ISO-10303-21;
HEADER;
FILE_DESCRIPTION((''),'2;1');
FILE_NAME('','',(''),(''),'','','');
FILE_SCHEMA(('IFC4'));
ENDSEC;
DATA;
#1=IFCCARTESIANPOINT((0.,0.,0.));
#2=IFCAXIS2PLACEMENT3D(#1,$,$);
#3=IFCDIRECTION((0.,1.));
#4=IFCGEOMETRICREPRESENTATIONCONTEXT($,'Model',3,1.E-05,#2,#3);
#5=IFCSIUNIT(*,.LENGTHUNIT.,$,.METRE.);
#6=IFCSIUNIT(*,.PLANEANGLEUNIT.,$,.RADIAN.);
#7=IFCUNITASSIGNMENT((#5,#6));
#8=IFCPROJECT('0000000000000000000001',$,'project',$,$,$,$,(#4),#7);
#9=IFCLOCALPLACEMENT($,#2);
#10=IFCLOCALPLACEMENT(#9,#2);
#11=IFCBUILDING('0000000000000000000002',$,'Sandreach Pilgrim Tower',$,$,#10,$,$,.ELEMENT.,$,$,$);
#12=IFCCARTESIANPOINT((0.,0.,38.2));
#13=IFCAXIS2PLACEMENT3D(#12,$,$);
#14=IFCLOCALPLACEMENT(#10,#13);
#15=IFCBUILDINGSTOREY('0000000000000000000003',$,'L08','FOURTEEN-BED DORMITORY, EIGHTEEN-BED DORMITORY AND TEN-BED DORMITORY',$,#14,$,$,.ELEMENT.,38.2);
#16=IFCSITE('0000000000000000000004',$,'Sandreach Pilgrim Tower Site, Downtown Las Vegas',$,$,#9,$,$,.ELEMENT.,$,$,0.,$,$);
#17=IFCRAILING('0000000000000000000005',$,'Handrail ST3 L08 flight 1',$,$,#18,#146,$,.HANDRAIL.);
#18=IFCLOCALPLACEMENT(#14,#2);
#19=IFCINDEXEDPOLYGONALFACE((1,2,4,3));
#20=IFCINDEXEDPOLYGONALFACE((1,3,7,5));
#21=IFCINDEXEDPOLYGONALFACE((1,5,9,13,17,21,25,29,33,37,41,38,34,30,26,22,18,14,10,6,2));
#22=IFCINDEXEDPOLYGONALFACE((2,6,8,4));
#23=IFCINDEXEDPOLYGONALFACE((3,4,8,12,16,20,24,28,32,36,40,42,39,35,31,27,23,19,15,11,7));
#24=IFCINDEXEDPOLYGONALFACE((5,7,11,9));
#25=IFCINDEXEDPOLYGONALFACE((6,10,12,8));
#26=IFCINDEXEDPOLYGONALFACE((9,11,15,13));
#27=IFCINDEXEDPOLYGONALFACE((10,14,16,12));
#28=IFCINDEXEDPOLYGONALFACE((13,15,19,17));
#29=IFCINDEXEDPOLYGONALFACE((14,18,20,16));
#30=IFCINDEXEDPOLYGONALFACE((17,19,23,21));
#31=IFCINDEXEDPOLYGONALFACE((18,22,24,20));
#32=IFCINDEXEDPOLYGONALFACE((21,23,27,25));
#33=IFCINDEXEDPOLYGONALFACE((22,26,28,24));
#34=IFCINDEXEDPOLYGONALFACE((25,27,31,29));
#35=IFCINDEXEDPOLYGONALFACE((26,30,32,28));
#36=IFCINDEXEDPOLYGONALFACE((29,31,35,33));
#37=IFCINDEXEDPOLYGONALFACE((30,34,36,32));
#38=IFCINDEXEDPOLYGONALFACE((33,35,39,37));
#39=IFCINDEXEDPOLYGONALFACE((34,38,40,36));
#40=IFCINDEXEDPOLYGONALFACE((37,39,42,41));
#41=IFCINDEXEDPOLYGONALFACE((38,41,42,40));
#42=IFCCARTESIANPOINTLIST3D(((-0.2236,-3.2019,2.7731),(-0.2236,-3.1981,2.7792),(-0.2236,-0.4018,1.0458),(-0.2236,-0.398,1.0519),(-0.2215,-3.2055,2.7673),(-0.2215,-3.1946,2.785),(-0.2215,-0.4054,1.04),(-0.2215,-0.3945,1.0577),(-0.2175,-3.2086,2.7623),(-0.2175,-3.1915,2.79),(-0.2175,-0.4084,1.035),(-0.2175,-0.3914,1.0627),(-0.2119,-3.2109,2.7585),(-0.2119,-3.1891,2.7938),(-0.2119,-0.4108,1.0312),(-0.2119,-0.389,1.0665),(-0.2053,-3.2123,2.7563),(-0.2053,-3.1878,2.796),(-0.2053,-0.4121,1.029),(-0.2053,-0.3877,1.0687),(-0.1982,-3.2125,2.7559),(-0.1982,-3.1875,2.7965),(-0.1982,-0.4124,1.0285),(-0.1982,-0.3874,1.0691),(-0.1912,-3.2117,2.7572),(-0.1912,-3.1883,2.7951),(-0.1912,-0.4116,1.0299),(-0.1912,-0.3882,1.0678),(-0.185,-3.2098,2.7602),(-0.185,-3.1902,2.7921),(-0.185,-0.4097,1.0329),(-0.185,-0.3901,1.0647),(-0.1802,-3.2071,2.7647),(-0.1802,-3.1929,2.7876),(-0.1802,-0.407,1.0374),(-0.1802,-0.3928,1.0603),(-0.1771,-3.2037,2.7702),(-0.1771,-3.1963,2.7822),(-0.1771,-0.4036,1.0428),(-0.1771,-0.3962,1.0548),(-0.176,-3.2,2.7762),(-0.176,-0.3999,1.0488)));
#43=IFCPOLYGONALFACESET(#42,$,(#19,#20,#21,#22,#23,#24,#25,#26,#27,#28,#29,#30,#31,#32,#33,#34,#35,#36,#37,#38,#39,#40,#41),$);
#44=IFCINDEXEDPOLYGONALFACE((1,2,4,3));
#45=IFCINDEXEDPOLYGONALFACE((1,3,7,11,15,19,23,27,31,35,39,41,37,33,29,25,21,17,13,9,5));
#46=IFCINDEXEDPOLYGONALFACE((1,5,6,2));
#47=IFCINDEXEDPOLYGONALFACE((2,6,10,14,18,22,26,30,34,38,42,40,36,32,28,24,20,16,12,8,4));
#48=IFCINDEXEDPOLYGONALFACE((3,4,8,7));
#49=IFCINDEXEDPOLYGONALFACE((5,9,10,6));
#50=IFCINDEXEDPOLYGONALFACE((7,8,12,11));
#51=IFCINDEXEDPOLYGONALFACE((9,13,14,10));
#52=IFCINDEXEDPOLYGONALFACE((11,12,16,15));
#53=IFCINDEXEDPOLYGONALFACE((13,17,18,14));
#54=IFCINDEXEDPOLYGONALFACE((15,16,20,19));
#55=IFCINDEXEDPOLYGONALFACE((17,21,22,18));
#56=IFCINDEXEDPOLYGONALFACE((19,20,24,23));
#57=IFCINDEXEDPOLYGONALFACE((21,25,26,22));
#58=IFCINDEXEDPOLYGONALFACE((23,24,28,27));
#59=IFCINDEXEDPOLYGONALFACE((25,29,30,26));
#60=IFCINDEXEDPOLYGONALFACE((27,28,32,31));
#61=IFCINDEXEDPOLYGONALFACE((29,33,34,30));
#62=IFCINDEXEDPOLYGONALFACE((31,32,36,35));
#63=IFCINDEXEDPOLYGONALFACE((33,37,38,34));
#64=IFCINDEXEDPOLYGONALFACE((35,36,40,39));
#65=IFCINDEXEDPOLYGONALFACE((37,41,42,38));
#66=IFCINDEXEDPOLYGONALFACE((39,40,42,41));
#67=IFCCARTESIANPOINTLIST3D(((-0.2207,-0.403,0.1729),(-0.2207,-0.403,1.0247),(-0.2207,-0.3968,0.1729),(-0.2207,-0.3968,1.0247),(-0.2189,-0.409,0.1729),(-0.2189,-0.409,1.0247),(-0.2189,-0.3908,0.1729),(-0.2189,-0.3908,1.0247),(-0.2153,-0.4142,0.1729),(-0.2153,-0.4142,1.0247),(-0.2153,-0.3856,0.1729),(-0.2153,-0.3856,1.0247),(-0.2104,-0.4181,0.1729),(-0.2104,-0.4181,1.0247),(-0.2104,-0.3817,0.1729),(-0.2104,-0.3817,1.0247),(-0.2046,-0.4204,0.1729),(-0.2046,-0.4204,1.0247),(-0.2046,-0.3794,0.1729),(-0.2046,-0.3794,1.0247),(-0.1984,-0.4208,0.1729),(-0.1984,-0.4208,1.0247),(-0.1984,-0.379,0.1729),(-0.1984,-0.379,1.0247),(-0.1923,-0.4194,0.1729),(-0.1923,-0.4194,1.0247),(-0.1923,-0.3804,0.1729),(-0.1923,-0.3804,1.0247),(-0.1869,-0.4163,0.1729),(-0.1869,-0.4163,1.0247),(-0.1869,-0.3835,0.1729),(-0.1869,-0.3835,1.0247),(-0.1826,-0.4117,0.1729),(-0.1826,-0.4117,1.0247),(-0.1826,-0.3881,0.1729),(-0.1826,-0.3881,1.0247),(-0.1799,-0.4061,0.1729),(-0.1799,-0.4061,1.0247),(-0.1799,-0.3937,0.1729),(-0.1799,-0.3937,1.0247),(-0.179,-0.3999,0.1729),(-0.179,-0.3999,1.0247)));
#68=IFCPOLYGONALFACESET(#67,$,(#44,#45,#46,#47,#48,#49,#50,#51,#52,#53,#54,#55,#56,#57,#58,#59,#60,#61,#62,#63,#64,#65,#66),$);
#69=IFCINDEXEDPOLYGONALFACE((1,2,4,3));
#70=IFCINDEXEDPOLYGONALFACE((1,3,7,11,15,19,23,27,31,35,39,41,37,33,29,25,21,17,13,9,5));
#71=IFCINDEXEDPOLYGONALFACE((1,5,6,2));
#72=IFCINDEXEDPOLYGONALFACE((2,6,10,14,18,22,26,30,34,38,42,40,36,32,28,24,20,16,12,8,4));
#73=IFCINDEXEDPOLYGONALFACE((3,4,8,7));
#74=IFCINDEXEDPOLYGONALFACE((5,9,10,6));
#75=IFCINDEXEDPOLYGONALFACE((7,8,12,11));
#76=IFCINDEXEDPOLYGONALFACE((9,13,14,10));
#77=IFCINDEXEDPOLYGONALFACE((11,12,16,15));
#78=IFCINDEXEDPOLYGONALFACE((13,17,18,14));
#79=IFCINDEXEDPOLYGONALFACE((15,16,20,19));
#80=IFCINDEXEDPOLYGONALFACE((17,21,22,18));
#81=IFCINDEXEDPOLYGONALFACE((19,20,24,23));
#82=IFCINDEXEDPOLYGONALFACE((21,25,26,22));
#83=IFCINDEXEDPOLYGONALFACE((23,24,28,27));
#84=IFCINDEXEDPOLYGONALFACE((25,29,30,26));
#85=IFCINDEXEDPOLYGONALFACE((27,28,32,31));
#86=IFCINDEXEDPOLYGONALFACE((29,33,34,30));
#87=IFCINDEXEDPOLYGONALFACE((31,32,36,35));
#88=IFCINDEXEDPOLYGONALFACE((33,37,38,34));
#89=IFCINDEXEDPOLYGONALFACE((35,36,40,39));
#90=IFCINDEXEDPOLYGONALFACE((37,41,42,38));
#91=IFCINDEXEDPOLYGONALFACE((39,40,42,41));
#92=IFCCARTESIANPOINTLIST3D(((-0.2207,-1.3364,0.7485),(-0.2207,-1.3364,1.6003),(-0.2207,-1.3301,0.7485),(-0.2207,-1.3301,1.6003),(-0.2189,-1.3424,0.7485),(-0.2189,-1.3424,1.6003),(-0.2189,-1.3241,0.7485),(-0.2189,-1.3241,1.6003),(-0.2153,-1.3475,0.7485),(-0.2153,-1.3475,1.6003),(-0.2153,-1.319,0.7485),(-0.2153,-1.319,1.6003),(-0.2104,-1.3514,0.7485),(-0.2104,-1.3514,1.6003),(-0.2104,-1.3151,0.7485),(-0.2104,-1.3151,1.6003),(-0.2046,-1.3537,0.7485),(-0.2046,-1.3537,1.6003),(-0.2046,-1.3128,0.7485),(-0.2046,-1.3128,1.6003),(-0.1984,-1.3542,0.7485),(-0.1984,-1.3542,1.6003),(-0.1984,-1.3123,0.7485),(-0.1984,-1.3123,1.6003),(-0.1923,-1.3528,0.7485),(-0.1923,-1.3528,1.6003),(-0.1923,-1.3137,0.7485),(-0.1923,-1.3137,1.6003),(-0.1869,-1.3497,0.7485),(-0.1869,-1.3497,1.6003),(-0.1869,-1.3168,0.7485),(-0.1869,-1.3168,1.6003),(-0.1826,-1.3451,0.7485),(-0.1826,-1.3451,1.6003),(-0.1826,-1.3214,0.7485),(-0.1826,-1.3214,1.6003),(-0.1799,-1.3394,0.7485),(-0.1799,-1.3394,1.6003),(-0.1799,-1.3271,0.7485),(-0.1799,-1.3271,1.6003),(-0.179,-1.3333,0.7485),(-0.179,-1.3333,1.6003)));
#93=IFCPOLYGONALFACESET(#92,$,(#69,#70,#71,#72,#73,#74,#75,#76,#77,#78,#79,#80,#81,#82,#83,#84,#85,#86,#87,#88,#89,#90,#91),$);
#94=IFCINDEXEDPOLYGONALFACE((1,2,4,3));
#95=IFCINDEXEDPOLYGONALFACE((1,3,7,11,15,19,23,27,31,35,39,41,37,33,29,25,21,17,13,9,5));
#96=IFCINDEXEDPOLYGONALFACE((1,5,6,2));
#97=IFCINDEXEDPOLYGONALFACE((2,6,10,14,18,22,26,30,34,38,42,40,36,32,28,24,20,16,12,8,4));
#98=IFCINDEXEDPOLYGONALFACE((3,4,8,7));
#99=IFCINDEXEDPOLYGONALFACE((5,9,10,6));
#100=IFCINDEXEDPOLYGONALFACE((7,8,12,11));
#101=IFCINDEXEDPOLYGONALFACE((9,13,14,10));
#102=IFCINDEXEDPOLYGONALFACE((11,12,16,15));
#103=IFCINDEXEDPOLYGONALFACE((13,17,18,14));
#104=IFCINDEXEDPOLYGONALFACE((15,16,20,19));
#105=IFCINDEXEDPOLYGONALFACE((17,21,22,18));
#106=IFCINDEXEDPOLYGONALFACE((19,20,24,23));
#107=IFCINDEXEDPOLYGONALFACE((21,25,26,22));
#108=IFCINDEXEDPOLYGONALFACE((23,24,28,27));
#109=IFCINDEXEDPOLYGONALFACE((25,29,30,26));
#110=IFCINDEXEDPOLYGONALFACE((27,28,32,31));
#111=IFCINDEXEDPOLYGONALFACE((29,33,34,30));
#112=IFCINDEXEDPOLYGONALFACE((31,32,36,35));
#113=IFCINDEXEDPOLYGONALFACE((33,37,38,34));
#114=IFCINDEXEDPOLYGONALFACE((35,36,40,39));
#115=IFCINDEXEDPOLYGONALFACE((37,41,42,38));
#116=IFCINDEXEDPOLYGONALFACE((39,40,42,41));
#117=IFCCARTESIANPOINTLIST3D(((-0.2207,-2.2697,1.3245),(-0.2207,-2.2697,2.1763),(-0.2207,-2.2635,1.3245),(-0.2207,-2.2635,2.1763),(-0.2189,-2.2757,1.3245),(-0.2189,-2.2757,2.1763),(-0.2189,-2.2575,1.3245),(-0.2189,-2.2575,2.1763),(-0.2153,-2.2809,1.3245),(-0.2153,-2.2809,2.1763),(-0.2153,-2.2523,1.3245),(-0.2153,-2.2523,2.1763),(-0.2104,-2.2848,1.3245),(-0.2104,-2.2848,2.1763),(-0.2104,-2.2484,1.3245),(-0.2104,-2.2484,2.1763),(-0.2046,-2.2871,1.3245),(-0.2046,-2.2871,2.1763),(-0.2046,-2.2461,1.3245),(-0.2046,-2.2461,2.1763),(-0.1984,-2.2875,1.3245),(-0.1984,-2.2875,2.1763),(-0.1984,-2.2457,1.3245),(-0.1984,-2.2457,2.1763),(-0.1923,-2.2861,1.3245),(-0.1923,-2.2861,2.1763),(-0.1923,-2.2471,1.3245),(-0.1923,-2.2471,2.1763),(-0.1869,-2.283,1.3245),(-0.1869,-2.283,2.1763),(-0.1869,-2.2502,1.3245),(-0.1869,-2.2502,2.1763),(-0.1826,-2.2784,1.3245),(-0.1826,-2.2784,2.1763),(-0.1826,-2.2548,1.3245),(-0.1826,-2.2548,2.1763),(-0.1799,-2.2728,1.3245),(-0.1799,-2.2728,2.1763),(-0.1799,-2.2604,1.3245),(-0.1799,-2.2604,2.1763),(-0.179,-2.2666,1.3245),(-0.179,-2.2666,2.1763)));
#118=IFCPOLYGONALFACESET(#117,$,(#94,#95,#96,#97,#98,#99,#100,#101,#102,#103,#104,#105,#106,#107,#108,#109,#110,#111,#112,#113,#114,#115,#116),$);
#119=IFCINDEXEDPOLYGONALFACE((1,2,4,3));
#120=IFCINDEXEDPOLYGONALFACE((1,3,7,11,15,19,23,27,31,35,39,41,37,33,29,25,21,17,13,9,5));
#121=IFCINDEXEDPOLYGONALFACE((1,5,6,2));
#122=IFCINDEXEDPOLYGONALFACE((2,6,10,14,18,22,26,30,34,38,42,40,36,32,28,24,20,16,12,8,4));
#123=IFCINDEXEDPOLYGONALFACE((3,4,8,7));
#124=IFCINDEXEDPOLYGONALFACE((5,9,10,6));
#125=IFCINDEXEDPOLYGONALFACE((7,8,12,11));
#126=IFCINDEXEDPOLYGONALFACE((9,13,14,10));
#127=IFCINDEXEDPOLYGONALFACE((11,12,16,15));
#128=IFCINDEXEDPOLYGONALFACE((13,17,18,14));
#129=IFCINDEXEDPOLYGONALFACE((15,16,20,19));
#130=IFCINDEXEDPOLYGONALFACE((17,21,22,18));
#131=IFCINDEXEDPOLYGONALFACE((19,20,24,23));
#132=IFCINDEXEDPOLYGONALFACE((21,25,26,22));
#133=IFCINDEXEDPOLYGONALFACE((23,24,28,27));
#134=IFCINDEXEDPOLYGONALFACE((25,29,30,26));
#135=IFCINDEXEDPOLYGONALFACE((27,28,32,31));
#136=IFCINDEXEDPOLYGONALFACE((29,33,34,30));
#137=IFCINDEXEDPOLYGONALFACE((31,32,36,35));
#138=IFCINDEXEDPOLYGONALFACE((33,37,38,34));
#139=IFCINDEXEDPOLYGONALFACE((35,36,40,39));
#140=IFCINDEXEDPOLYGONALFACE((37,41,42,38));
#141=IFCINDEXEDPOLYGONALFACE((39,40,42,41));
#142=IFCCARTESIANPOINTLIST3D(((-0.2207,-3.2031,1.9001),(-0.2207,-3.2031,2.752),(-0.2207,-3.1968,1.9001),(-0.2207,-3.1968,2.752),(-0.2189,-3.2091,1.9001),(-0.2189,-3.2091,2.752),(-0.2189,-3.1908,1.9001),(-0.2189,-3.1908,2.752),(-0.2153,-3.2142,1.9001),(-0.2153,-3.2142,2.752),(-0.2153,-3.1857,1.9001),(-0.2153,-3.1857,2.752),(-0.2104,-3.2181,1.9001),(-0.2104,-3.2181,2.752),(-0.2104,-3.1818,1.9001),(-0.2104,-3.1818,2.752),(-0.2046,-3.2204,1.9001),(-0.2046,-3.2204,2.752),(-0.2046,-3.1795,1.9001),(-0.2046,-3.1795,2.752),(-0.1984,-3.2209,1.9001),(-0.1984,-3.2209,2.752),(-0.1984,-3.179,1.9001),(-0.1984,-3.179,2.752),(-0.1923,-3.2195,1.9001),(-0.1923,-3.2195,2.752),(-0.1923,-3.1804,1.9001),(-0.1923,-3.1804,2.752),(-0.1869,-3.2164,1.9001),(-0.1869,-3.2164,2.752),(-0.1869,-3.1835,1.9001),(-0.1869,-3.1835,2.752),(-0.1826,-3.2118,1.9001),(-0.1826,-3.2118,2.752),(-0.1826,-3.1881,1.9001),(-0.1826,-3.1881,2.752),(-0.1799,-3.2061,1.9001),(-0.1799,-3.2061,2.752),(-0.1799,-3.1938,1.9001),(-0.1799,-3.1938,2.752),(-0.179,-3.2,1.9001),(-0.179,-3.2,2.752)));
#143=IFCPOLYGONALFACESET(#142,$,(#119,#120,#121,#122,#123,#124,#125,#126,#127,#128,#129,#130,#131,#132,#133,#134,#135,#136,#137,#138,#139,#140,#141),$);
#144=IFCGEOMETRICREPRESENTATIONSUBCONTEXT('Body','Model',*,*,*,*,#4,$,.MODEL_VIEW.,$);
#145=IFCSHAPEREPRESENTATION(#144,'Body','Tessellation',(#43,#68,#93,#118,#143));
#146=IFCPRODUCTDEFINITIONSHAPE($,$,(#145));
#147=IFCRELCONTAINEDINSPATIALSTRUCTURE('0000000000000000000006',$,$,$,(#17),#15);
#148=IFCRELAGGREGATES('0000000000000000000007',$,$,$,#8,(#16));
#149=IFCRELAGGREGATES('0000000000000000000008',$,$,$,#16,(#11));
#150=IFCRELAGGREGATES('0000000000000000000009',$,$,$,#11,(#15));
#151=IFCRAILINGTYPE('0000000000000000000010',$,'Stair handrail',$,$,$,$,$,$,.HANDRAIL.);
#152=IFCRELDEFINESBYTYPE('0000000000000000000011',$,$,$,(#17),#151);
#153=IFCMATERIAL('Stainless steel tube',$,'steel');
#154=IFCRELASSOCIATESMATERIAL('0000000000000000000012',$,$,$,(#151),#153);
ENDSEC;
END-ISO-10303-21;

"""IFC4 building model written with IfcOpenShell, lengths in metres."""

from ifc_helpers import new_model, si_unit, direction, frame, origin, origin_2d, place, context, subcontext, project, spatial, circle, extrude, material, type_object, element, save


model = new_model("IFC4")

# Units and contexts
model_context = context("Model", 3, precision=1e-05, world=origin(), true_north=direction((0.0, 1.0)))
body_context = subcontext(model_context, "Body", "Model", "MODEL_VIEW")
ifc_project = project(units=[si_unit("LENGTHUNIT", "METRE"), si_unit("PLANEANGLEUNIT", "RADIAN")], contexts=[model_context])

# Site, building, storey
site_placement = place(None, origin())
site = spatial("IfcSite", under=ifc_project, at=site_placement, Name="Sandreach Pilgrim Tower Site, Downtown Las Vegas", CompositionType="ELEMENT", RefElevation=0.0)
building_placement = place(site_placement, origin())
building = spatial("IfcBuilding", under=site, at=building_placement, Name="Sandreach Pilgrim Tower", CompositionType="ELEMENT")
storey_placement = place(building_placement, frame((0.0, 0.0, 38.2)))
storey = spatial("IfcBuildingStorey", under=building, at=storey_placement, Name="L08", Description="FOURTEEN-BED DORMITORY, EIGHTEEN-BED DORMITORY AND TEN-BED DORMITORY", CompositionType="ELEMENT", Elevation=38.2)

# Railing
ifc_material_1 = material(Name="Stainless steel tube", Category="steel")
railing_type = type_object("IfcRailingType", Name="Stair handrail", PredefinedType="HANDRAIL", material=ifc_material_1)
for number, where, name in (
    (1, (-0.2, -0.3999, 0.1729), "Handrail ST3 L08 flight 1"),
):
    element("IfcRailing", number, at=place(storey_placement, frame(where)), inside=storey, type_object=railing_type, Name=name, PredefinedType="HANDRAIL", context=body_context, shape_type="SweptSolid", body=[
        extrude(circle(Radius=0.0239, at=origin_2d()), frame((0.0, 0.0, 0.876), z_axis=(0.0, -0.85109, 0.52502), x_axis=(1.0, 0.0, 0.0)), (0.0, 0.0, 1.0), 3.29),
        extrude(circle(Radius=0.021, at=origin_2d()), origin(), (0.0, 0.0, 1.0), 0.8518),
        extrude(circle(Radius=0.021, at=origin_2d()), frame((0.0, -0.9333, 0.5757)), (0.0, 0.0, 1.0), 0.8518),
        extrude(circle(Radius=0.021, at=origin_2d()), frame((0.0, -1.8667, 1.1516)), (0.0, 0.0, 1.0), 0.8518),
        extrude(circle(Radius=0.021, at=origin_2d()), frame((0.0, -2.8, 1.7273)), (0.0, 0.0, 1.0), 0.8518),
    ])

save(model, "model.ifc")
